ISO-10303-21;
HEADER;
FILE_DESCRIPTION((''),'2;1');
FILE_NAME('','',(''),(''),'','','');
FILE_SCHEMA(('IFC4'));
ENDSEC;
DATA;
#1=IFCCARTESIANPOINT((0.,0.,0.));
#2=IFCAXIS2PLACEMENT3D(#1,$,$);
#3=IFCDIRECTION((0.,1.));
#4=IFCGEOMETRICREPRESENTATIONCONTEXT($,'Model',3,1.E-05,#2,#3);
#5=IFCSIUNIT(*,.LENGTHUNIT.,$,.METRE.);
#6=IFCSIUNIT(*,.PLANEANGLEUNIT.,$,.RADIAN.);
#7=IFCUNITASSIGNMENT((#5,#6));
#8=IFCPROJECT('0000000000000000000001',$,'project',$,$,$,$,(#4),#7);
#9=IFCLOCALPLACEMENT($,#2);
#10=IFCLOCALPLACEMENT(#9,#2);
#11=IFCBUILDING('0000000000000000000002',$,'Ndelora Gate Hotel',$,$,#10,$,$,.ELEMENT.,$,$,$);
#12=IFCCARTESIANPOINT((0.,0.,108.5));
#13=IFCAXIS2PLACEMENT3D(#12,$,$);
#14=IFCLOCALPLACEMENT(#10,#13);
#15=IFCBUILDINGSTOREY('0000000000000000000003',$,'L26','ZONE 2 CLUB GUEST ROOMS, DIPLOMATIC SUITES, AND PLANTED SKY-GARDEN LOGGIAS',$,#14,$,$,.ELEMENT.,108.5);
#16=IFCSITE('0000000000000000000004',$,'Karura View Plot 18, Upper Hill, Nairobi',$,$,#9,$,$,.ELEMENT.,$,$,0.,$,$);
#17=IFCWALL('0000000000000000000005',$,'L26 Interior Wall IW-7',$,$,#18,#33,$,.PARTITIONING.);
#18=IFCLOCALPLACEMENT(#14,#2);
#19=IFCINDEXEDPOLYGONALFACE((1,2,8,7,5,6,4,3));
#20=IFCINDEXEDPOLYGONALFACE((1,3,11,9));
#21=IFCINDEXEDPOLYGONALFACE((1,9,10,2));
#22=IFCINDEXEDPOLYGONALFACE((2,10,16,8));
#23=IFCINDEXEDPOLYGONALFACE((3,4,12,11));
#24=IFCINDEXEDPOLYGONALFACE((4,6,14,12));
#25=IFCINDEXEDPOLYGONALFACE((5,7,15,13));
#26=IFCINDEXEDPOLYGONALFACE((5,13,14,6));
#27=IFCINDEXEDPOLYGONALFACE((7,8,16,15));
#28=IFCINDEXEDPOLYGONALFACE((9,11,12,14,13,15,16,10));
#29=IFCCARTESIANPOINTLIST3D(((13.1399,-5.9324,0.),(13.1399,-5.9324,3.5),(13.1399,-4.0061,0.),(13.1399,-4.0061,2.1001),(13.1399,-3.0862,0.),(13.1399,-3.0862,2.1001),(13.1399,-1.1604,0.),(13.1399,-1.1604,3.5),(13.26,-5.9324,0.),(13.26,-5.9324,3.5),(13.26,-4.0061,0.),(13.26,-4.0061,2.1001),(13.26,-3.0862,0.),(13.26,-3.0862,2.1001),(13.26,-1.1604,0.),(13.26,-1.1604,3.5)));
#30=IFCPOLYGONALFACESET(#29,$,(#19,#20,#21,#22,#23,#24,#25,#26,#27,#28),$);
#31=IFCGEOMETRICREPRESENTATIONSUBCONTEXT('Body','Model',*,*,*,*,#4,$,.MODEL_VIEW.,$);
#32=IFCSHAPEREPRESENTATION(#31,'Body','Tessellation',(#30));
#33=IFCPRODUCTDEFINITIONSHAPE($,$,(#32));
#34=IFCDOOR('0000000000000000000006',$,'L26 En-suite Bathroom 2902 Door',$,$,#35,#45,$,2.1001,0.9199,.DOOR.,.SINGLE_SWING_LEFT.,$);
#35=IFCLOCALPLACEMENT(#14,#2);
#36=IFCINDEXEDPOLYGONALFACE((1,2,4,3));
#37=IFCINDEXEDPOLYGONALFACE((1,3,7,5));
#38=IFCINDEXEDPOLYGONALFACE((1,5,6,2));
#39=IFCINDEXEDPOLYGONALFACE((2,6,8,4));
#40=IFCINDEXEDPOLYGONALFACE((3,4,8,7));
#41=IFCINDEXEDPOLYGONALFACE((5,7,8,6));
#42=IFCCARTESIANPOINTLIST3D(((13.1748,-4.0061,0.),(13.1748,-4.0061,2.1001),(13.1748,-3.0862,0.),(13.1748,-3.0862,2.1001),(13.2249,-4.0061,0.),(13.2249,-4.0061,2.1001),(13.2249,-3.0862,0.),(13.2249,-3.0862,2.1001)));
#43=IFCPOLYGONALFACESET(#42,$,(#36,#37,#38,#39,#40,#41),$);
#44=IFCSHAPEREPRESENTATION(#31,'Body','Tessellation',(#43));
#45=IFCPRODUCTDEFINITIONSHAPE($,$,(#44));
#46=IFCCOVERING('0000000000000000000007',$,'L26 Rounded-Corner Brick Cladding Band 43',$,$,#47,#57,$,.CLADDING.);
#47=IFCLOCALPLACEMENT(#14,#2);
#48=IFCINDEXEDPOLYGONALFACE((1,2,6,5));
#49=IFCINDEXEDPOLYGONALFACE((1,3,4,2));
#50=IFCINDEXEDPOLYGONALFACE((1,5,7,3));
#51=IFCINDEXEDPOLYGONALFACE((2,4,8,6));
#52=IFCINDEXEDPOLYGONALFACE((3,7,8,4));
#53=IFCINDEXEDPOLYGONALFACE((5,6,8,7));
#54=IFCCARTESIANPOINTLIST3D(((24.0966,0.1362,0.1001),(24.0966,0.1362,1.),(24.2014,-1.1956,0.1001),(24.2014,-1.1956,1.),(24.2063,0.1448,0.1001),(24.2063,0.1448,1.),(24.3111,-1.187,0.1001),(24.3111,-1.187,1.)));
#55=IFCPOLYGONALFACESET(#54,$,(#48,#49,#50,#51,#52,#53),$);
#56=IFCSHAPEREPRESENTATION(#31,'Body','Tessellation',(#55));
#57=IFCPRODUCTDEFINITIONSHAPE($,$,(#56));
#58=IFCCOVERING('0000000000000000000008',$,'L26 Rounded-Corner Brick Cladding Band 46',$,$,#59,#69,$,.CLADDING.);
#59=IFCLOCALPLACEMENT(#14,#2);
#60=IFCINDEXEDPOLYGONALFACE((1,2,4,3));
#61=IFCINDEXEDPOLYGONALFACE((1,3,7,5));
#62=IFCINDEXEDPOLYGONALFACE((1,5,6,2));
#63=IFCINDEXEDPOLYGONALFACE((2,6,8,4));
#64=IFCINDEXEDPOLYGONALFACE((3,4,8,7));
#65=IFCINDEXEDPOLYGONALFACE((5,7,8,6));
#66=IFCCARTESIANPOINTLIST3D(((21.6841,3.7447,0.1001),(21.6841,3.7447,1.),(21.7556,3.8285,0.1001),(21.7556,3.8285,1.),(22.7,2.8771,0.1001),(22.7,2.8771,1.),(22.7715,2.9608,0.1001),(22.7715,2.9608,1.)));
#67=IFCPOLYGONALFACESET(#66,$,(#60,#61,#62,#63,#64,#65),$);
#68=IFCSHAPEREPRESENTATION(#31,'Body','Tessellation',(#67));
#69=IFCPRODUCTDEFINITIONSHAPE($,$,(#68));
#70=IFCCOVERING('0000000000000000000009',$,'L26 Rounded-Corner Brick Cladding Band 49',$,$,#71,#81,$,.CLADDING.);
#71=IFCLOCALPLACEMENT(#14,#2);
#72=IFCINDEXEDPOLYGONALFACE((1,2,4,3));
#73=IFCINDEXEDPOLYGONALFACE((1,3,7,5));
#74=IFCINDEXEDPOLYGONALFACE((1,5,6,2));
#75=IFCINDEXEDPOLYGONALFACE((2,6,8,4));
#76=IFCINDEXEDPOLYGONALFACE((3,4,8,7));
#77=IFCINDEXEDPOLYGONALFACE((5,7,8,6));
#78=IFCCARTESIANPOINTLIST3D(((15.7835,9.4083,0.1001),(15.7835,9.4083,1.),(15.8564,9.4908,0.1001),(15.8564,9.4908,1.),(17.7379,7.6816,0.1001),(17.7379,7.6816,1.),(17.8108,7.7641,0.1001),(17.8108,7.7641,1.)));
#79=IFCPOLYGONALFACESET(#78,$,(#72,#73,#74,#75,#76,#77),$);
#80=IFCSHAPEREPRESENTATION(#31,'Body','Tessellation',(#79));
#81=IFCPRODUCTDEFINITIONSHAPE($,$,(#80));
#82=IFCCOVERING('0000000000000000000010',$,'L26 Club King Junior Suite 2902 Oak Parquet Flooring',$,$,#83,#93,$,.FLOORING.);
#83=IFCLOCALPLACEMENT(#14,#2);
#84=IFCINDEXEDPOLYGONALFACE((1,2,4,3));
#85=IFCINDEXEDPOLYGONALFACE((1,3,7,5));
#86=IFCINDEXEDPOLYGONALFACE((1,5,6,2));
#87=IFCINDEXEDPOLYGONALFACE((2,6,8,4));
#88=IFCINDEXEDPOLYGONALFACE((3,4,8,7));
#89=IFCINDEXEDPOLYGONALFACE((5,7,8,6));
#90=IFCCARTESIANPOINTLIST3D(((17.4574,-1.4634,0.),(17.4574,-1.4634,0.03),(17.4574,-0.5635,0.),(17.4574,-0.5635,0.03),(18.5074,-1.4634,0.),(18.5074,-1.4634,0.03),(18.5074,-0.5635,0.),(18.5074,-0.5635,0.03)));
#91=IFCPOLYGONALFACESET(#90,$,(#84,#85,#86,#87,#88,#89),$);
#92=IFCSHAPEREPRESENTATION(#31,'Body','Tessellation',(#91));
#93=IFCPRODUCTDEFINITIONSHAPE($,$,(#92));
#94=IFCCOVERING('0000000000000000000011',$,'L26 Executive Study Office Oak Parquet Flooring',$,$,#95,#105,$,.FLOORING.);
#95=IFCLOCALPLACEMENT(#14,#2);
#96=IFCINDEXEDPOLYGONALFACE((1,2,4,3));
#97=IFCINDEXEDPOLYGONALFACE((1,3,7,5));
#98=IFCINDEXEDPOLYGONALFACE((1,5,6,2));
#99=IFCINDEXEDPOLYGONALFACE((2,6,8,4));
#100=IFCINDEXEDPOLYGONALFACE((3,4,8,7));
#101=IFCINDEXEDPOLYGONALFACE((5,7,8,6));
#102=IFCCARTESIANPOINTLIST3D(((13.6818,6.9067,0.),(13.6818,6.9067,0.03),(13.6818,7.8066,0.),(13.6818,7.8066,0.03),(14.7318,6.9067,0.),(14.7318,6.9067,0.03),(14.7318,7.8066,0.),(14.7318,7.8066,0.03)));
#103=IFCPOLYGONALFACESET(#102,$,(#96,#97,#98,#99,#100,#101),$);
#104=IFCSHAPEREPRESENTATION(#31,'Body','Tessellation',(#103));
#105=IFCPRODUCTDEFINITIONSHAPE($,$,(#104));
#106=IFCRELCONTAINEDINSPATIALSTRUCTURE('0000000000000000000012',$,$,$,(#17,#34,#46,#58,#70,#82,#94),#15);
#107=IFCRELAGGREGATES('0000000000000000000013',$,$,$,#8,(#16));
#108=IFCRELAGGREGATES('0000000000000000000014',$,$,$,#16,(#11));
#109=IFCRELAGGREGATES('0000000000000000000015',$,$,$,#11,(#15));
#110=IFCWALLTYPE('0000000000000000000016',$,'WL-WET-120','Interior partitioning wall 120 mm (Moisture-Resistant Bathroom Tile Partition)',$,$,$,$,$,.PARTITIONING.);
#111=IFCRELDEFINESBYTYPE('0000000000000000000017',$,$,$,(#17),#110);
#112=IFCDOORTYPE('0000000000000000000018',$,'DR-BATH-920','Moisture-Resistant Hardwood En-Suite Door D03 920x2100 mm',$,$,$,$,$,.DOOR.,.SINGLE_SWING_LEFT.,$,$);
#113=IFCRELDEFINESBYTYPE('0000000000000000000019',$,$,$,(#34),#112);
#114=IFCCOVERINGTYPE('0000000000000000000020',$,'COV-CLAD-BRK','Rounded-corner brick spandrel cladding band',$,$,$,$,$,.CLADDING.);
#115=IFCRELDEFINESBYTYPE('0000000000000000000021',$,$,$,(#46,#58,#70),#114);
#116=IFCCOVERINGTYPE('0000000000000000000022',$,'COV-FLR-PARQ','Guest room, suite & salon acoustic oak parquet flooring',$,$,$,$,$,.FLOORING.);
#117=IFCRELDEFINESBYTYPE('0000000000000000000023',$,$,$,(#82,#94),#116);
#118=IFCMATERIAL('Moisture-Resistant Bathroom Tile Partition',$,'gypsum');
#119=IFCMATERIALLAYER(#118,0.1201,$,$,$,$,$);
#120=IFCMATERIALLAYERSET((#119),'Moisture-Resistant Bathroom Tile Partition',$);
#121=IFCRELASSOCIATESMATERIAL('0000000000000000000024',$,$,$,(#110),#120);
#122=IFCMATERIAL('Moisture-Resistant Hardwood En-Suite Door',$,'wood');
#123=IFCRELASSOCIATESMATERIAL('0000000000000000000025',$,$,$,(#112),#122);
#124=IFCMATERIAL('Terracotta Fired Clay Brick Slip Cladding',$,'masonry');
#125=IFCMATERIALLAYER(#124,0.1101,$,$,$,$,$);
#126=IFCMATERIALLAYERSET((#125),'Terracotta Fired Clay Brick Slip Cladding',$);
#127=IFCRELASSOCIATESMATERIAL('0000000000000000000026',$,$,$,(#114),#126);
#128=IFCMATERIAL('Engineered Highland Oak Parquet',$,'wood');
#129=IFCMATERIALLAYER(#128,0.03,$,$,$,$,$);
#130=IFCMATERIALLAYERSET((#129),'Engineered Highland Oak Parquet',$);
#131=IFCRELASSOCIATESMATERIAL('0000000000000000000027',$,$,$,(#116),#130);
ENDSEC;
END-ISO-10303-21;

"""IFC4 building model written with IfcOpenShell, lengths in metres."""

from ifc_helpers import new_model, si_unit, direction, frame, frame_2d, origin, origin_2d, place, context, subcontext, project, spatial, rectangle, extrude, material, layer, layer_set, type_object, element, fill, save


model = new_model("IFC4")

# Units and contexts
model_context = context("Model", 3, precision=1e-05, world=origin(), true_north=direction((0.0, 1.0)))
body_context = subcontext(model_context, "Body", "Model", "MODEL_VIEW")
ifc_project = project(units=[si_unit("LENGTHUNIT", "METRE"), si_unit("PLANEANGLEUNIT", "RADIAN")], contexts=[model_context])

# Site, building, storey
site_placement = place(None, origin())
site = spatial("IfcSite", under=ifc_project, at=site_placement, Name="Karura View Plot 18, Upper Hill, Nairobi", CompositionType="ELEMENT", RefElevation=0.0)
building_placement = place(site_placement, origin())
building = spatial("IfcBuilding", under=site, at=building_placement, Name="Ndelora Gate Hotel", CompositionType="ELEMENT")
storey_placement = place(building_placement, frame((0.0, 0.0, 108.5)))
storey = spatial("IfcBuildingStorey", under=building, at=storey_placement, Name="L26", Description="ZONE 2 CLUB GUEST ROOMS, DIPLOMATIC SUITES, AND PLANTED SKY-GARDEN LOGGIAS", CompositionType="ELEMENT", Elevation=108.5)

# Wall, opening, door
ifc_material_1 = material(Name="Moisture-Resistant Bathroom Tile Partition", Category="gypsum")
ifc_layer_1 = layer(ifc_material_1, 0.1201)
ifc_layer_set_1 = layer_set([ifc_layer_1], Name="Moisture-Resistant Bathroom Tile Partition")
wall_type_1 = type_object("IfcWallType", Name="WL-WET-120", Description="Interior partitioning wall 120 mm (Moisture-Resistant Bathroom Tile Partition)", PredefinedType="PARTITIONING", material=ifc_layer_set_1)
wall_1_placement = place(storey_placement, frame((13.2, -1.1604, 0.0), z_axis=(0.0, 0.0, 1.0), x_axis=(0.0, -1.0, 0.0)))
wall_1 = element("IfcWall", 1, at=wall_1_placement, inside=storey, type_object=wall_type_1, Name="L26 Interior Wall IW-7", PredefinedType="PARTITIONING", context=body_context, shape_type="SweptSolid", body=[
    extrude(rectangle(XDim=4.772, YDim=0.1201, at=frame_2d((2.386, 0.0))), origin(), (0.0, 0.0, 1.0), 3.5),
])
opening_1_placement = place(wall_1_placement, frame((1.9258, 0.0, 0.0)))
opening_1 = element("IfcOpeningElement", 2, at=opening_1_placement, cuts=wall_1, PredefinedType="OPENING", context=body_context, shape_type="SweptSolid", body=[
    extrude(rectangle(XDim=0.9199, YDim=2.1001, at=frame_2d((0.46, 1.05))), frame((0.0, 0.0701, 0.0), z_axis=(0.0, -1.0, 0.0), x_axis=(1.0, 0.0, 0.0)), (0.0, 0.0, 1.0), 0.1401),
])
ifc_material_2 = material(Name="Moisture-Resistant Hardwood En-Suite Door", Category="wood")
door_type = type_object("IfcDoorType", Name="DR-BATH-920", Description="Moisture-Resistant Hardwood En-Suite Door D03 920x2100 mm", OperationType="SINGLE_SWING_LEFT", PredefinedType="DOOR", material=ifc_material_2)
door_placement = place(opening_1_placement, origin())
door = element("IfcDoor", 3, at=door_placement, inside=storey, type_object=door_type, Name="L26 En-suite Bathroom 2902 Door", OperationType="SINGLE_SWING_LEFT", OverallHeight=2.1001, OverallWidth=0.9199, PredefinedType="DOOR", context=body_context, shape_type="SweptSolid", body=[
    extrude(rectangle(XDim=0.9199, YDim=2.1001, at=frame_2d((0.46, 1.05))), frame((0.0, 0.0249, 0.0), z_axis=(0.0, -1.0, 0.0), x_axis=(1.0, 0.0, 0.0)), (0.0, 0.0, 1.0), 0.05),
])
fill(opening_1, door)

# Coverings
ifc_material_3 = material(Name="Terracotta Fired Clay Brick Slip Cladding", Category="masonry")
ifc_layer_2 = layer(ifc_material_3, 0.1101)
ifc_layer_set_2 = layer_set([ifc_layer_2], Name="Terracotta Fired Clay Brick Slip Cladding")
covering_type_1 = type_object("IfcCoveringType", Name="COV-CLAD-BRK", Description="Rounded-corner brick spandrel cladding band", PredefinedType="CLADDING", material=ifc_layer_set_2)
for number, where, z_axis, x_axis, name in (
    (4, (24.2039, -0.5254, 0.1001), (0.0, 0.0, 1.0), (-0.078459, 0.996917, 0.0), "L26 Rounded-Corner Brick Cladding Band 43"),
    (5, (22.2278, 3.3528, 0.1001), (0.0, 0.0, 1.0), (-0.760406, 0.649448, 0.0), "L26 Rounded-Corner Brick Cladding Band 46"),
):
    element("IfcCovering", number, at=place(storey_placement, frame(where, z_axis=z_axis, x_axis=x_axis)), inside=storey, type_object=covering_type_1, Name=name, PredefinedType="CLADDING", context=body_context, shape_type="SweptSolid", body=[
        extrude(rectangle(XDim=1.3359, YDim=0.1101, at=origin_2d()), origin(), (0.0, 0.0, 1.0), 0.8999),
    ])
covering_placement = place(storey_placement, frame((16.7971, 8.5862, 0.1001), z_axis=(0.0, 0.0, 1.0), x_axis=(-0.749418, 0.662097, 0.0)))
element("IfcCovering", 6, at=covering_placement, inside=storey, type_object=covering_type_1, Name="L26 Rounded-Corner Brick Cladding Band 49", PredefinedType="CLADDING", context=body_context, shape_type="SweptSolid", body=[
    extrude(rectangle(XDim=2.6079, YDim=0.1101, at=origin_2d()), origin(), (0.0, 0.0, 1.0), 0.8999),
])
ifc_material_4 = material(Name="Engineered Highland Oak Parquet", Category="wood")
ifc_layer_3 = layer(ifc_material_4, 0.03)
ifc_layer_set_3 = layer_set([ifc_layer_3], Name="Engineered Highland Oak Parquet")
covering_type_2 = type_object("IfcCoveringType", Name="COV-FLR-PARQ", Description="Guest room, suite & salon acoustic oak parquet flooring", PredefinedType="FLOORING", material=ifc_layer_set_3)
for number, where, z_axis, x_axis, name in (
    (7, (17.9824, -1.0134, 0.0), (0.0, 0.0, 1.0), (1.0, 0.0, 0.0), "L26 Club King Junior Suite 2902 Oak Parquet Flooring"),
    (8, (14.2068, 7.3567, 0.0), (0.0, 0.0, 1.0), (1.0, 0.0, 0.0), "L26 Executive Study Office Oak Parquet Flooring"),
):
    element("IfcCovering", number, at=place(storey_placement, frame(where, z_axis=z_axis, x_axis=x_axis)), inside=storey, type_object=covering_type_2, Name=name, PredefinedType="FLOORING", context=body_context, shape_type="SweptSolid", body=[
        extrude(rectangle(XDim=1.05, YDim=0.8999, at=origin_2d()), origin(), (0.0, 0.0, 1.0), 0.03),
    ])

save(model, "model.ifc")
